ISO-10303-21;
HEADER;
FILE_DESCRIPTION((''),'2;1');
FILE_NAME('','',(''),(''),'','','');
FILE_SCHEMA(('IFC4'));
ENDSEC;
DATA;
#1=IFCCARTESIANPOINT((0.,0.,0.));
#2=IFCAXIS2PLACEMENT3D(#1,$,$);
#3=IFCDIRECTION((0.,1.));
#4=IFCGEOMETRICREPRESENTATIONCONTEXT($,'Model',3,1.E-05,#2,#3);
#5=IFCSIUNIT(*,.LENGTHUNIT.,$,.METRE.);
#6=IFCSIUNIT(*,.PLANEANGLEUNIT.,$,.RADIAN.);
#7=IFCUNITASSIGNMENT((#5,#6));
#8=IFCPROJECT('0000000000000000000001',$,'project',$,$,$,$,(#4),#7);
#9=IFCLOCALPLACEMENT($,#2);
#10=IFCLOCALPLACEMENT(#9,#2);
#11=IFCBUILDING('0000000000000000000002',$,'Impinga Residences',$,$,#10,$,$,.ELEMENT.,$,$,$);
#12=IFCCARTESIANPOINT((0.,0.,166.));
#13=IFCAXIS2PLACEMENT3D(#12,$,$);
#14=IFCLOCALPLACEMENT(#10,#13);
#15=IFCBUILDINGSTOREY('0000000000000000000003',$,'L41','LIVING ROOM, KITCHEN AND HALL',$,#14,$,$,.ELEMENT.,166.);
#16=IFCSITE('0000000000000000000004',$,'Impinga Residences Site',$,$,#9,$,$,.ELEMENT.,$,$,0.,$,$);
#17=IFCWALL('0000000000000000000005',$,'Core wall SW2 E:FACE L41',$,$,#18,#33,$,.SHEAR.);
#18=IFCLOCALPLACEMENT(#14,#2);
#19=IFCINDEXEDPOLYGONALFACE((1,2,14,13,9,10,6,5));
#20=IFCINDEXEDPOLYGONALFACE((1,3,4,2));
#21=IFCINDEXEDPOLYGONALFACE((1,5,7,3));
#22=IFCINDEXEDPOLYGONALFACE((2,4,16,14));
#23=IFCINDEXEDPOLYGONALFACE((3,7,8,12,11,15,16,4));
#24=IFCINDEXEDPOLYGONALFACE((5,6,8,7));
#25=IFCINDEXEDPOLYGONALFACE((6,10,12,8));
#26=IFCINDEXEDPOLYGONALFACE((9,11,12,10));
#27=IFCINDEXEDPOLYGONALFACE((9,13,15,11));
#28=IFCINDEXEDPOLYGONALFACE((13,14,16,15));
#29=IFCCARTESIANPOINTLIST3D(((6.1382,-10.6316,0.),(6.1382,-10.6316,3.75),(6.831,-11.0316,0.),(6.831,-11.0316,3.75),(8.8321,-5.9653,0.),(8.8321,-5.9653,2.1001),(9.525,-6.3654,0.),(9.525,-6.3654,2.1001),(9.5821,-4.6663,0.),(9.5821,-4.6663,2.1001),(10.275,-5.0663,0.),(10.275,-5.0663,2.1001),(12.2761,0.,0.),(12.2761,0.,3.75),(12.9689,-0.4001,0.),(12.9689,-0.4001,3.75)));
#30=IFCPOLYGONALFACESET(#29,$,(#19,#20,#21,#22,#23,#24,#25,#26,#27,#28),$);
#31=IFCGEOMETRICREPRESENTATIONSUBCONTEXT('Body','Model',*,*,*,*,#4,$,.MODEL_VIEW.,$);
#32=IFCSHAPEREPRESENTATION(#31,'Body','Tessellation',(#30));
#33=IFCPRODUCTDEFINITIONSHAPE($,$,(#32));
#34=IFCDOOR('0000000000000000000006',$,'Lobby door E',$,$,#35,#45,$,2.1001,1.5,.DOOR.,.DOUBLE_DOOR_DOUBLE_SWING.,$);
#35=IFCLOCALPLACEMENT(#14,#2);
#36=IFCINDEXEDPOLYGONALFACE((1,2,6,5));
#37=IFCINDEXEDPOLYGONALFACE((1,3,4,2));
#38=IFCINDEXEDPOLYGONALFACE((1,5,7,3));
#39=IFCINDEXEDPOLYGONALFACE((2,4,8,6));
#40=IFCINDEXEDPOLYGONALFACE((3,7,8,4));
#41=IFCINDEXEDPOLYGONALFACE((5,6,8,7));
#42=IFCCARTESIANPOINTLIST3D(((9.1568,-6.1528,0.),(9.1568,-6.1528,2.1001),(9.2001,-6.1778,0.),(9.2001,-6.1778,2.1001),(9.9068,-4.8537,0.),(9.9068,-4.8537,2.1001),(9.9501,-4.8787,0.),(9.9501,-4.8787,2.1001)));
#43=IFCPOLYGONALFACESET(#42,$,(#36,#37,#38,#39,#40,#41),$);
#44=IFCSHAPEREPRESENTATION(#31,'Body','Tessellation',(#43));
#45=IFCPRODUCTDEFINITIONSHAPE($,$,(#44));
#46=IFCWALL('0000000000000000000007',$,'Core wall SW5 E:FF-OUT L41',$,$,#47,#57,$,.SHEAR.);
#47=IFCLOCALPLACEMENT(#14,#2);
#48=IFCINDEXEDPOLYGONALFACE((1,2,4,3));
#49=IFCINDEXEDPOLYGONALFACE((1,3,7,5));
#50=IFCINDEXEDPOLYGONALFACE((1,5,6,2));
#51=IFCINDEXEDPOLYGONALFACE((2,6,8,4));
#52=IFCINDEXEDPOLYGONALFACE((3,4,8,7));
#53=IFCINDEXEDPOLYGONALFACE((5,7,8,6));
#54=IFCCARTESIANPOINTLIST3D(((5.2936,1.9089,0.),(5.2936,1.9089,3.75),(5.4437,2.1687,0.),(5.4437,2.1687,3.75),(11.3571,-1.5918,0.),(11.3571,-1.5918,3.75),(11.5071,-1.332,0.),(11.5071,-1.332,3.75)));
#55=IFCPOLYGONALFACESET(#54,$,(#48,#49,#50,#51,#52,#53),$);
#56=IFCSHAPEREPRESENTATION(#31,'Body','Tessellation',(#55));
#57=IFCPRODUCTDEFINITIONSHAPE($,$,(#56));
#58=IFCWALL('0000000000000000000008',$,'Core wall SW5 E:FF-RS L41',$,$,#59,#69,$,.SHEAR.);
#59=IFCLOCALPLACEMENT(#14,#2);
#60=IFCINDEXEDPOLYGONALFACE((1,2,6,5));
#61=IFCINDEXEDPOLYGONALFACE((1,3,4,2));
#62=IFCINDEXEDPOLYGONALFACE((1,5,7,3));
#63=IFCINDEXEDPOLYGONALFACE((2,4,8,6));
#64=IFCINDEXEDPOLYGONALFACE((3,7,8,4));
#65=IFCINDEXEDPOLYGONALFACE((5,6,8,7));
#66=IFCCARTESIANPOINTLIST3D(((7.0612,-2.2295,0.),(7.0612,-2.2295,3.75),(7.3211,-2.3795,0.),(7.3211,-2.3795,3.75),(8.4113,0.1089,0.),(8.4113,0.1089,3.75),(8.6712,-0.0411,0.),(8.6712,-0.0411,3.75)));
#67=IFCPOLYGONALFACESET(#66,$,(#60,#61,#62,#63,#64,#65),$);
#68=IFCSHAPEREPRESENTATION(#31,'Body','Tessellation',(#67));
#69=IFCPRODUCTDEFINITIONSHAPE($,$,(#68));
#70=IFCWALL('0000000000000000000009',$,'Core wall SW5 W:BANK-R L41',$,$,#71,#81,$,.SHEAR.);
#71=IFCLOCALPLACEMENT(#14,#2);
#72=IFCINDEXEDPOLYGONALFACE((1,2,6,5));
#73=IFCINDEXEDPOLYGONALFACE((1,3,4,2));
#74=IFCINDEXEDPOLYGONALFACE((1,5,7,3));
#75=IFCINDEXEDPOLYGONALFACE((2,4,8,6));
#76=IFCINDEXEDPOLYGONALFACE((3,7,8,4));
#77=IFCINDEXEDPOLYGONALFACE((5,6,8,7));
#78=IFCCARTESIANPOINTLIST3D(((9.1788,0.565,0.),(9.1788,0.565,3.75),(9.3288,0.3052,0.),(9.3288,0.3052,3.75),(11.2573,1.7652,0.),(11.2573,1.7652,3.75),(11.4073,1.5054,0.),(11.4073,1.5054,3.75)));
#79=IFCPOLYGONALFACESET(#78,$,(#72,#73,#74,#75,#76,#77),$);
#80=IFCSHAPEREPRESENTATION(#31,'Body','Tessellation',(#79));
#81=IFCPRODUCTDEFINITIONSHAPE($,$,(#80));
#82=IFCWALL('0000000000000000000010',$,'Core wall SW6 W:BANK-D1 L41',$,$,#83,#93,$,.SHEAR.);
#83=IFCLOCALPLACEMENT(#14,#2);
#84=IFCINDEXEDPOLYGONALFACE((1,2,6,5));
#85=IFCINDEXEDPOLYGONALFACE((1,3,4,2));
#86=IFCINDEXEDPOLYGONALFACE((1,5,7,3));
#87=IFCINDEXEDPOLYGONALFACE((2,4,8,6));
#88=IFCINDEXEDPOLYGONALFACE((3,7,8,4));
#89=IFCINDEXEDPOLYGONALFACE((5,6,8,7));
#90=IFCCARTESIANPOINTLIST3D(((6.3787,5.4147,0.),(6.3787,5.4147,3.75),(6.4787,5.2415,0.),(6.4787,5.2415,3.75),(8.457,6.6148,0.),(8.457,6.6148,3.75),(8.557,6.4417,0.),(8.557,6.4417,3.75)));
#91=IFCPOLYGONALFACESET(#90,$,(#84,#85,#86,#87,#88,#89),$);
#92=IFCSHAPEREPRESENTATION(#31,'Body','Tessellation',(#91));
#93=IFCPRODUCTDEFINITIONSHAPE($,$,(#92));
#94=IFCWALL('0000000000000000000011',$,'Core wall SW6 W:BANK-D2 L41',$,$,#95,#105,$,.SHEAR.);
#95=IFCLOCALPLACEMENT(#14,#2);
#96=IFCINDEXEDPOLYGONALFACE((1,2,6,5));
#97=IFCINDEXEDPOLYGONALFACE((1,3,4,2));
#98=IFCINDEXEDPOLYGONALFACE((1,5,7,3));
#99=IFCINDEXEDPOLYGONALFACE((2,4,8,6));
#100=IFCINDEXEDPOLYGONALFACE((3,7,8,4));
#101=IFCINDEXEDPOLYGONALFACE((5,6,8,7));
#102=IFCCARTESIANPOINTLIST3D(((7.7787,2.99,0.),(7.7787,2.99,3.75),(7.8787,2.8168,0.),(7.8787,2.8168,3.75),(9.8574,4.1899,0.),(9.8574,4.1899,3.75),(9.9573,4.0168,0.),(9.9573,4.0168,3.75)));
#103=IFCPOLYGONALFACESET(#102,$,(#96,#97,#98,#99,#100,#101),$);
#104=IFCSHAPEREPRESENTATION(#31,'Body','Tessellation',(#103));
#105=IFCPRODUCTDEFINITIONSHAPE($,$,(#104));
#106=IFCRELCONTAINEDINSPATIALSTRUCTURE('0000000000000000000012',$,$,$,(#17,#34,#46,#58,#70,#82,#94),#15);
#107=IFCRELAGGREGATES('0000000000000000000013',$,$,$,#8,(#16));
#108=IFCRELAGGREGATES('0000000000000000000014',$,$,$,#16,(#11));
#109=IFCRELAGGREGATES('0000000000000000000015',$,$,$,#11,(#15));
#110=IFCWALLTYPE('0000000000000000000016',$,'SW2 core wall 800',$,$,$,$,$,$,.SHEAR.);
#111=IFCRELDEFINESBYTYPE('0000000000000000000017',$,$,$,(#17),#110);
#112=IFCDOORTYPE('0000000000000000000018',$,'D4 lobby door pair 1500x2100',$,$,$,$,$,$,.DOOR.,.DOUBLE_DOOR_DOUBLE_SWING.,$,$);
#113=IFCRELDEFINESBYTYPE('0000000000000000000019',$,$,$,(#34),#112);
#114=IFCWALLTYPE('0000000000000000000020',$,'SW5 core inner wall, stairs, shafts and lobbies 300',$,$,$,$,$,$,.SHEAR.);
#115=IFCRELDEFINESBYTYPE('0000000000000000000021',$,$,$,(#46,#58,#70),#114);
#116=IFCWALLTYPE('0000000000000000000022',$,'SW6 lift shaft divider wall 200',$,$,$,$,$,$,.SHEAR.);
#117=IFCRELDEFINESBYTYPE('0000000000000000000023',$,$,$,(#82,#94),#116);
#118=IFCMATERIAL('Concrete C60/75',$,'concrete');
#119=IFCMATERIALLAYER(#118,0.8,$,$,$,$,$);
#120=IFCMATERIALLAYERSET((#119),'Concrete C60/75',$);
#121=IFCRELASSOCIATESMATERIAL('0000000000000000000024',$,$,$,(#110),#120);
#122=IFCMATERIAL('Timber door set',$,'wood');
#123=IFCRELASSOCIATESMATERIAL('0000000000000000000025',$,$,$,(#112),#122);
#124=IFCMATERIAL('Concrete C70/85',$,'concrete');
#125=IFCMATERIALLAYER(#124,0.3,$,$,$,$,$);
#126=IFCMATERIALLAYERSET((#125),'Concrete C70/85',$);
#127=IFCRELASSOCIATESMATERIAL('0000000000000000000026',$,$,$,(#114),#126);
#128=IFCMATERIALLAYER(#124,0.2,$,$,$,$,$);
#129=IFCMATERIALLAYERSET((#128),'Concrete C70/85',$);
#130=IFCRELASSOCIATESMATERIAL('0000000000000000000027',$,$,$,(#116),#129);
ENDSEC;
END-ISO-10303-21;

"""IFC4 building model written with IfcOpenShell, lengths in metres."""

from ifc_helpers import new_model, si_unit, direction, frame, frame_2d, origin, place, context, subcontext, project, spatial, rectangle, extrude, material, layer, layer_set, type_object, element, fill, save


model = new_model("IFC4")

# Units and contexts
model_context = context("Model", 3, precision=1e-05, world=origin(), true_north=direction((0.0, 1.0)))
body_context = subcontext(model_context, "Body", "Model", "MODEL_VIEW")
ifc_project = project(units=[si_unit("LENGTHUNIT", "METRE"), si_unit("PLANEANGLEUNIT", "RADIAN")], contexts=[model_context])

# Site, building, storey
site_placement = place(None, origin())
site = spatial("IfcSite", under=ifc_project, at=site_placement, Name="Impinga Residences Site", CompositionType="ELEMENT", RefElevation=0.0)
building_placement = place(site_placement, origin())
building = spatial("IfcBuilding", under=site, at=building_placement, Name="Impinga Residences", CompositionType="ELEMENT")
storey_placement = place(building_placement, frame((0.0, 0.0, 166.0)))
storey = spatial("IfcBuildingStorey", under=building, at=storey_placement, Name="L41", Description="LIVING ROOM, KITCHEN AND HALL", CompositionType="ELEMENT", Elevation=166.0)

# Shared definitions
ifc_material_1 = material(Name="Concrete C60/75", Category="concrete")

# Shared definitions
ifc_material_2 = material(Name="Timber door set", Category="wood")

# Wall, opening, door
ifc_layer_1 = layer(ifc_material_1, 0.8)
ifc_layer_set_1 = layer_set([ifc_layer_1], Name="Concrete C60/75")
wall_type_1 = type_object("IfcWallType", Name="SW2 core wall 800", PredefinedType="SHEAR", material=ifc_layer_set_1)
wall_1_placement = place(storey_placement, frame((12.6226, -0.2, 0.0), z_axis=(0.0, 0.0, 1.0), x_axis=(-0.499987, -0.866033, 0.0)))
wall_1 = element("IfcWall", 1, at=wall_1_placement, inside=storey, type_object=wall_type_1, Name="Core wall SW2 E:FACE L41", PredefinedType="SHEAR", context=body_context, shape_type="SweptSolid", body=[
    extrude(rectangle(XDim=12.2761, YDim=0.8, at=frame_2d((6.1382, 0.0))), origin(), (0.0, 0.0, 1.0), 3.75),
])
opening_1_placement = place(wall_1_placement, frame((5.3882, 0.0, 0.0)))
opening_1 = element("IfcOpeningElement", 2, at=opening_1_placement, cuts=wall_1, PredefinedType="OPENING", context=body_context, shape_type="SweptSolid", body=[
    extrude(rectangle(XDim=1.5, YDim=2.1001, at=frame_2d((0.75, 1.05))), frame((0.0, 0.4099, 0.0), z_axis=(0.0, -1.0, 0.0), x_axis=(1.0, 0.0, 0.0)), (0.0, 0.0, 1.0), 0.8201),
])
door_type_1 = type_object("IfcDoorType", Name="D4 lobby door pair 1500x2100", OperationType="DOUBLE_DOOR_DOUBLE_SWING", PredefinedType="DOOR", material=ifc_material_2)
door_1_placement = place(opening_1_placement, origin())
door_1 = element("IfcDoor", 3, at=door_1_placement, inside=storey, type_object=door_type_1, Name="Lobby door E", OperationType="DOUBLE_DOOR_DOUBLE_SWING", OverallHeight=2.1001, OverallWidth=1.5, PredefinedType="DOOR", context=body_context, shape_type="SweptSolid", body=[
    extrude(rectangle(XDim=1.5, YDim=2.1001, at=frame_2d((0.75, 1.05))), frame((0.0, 0.0249, 0.0), z_axis=(0.0, -1.0, 0.0), x_axis=(1.0, 0.0, 0.0)), (0.0, 0.0, 1.0), 0.05),
])
fill(opening_1, door_1)

# Walls
ifc_material_3 = material(Name="Concrete C70/85", Category="concrete")
ifc_layer_2 = layer(ifc_material_3, 0.3)
ifc_layer_set_2 = layer_set([ifc_layer_2], Name="Concrete C70/85")
wall_type_2 = type_object("IfcWallType", Name="SW5 core inner wall, stairs, shafts and lobbies 300", PredefinedType="SHEAR", material=ifc_layer_set_2)
wall_2_placement = place(storey_placement, frame((5.3687, 2.0388, 0.0), z_axis=(0.0, 0.0, 1.0), x_axis=(0.866026, -0.499998, 0.0)))
element("IfcWall", 4, at=wall_2_placement, inside=storey, type_object=wall_type_2, Name="Core wall SW5 E:FF-OUT L41", PredefinedType="SHEAR", context=body_context, shape_type="SweptSolid", body=[
    extrude(rectangle(XDim=7.0015, YDim=0.3, at=frame_2d((3.5007, 0.0))), origin(), (0.0, 0.0, 1.0), 3.75),
])
wall_3_placement = place(storey_placement, frame((8.5413, 0.0339, 0.0), z_axis=(0.0, 0.0, 1.0), x_axis=(-0.500009, -0.86602, 0.0)))
element("IfcWall", 5, at=wall_3_placement, inside=storey, type_object=wall_type_2, Name="Core wall SW5 E:FF-RS L41", PredefinedType="SHEAR", context=body_context, shape_type="SweptSolid", body=[
    extrude(rectangle(XDim=2.7002, YDim=0.3, at=frame_2d((1.3501, 0.0))), origin(), (0.0, 0.0, 1.0), 3.75),
])
wall_4_placement = place(storey_placement, frame((9.2537, 0.4351, 0.0), z_axis=(0.0, 0.0, 1.0), x_axis=(0.866006, 0.500034, 0.0)))
element("IfcWall", 6, at=wall_4_placement, inside=storey, type_object=wall_type_2, Name="Core wall SW5 W:BANK-R L41", PredefinedType="SHEAR", context=body_context, shape_type="SweptSolid", body=[
    extrude(rectangle(XDim=2.4001, YDim=0.3, at=frame_2d((1.2002, 0.0))), origin(), (0.0, 0.0, 1.0), 3.75),
])
ifc_layer_3 = layer(ifc_material_3, 0.2)
ifc_layer_set_3 = layer_set([ifc_layer_3], Name="Concrete C70/85")
wall_type_3 = type_object("IfcWallType", Name="SW6 lift shaft divider wall 200", PredefinedType="SHEAR", material=ifc_layer_set_3)
wall_5_placement = place(storey_placement, frame((6.4287, 5.3281, 0.0), z_axis=(0.0, 0.0, 1.0), x_axis=(0.865981, 0.500078, 0.0)))
element("IfcWall", 7, at=wall_5_placement, inside=storey, type_object=wall_type_3, Name="Core wall SW6 W:BANK-D1 L41", PredefinedType="SHEAR", context=body_context, shape_type="SweptSolid", body=[
    extrude(rectangle(XDim=2.3999, YDim=0.2, at=frame_2d((1.2, 0.0))), origin(), (0.0, 0.0, 1.0), 3.75),
])
wall_6_placement = place(storey_placement, frame((7.8286, 2.9033, 0.0), z_axis=(0.0, 0.0, 1.0), x_axis=(0.86605, 0.499957, 0.0)))
element("IfcWall", 8, at=wall_6_placement, inside=storey, type_object=wall_type_3, Name="Core wall SW6 W:BANK-D2 L41", PredefinedType="SHEAR", context=body_context, shape_type="SweptSolid", body=[
    extrude(rectangle(XDim=2.4001, YDim=0.2, at=frame_2d((1.2002, 0.0))), origin(), (0.0, 0.0, 1.0), 3.75),
])

save(model, "model.ifc")
